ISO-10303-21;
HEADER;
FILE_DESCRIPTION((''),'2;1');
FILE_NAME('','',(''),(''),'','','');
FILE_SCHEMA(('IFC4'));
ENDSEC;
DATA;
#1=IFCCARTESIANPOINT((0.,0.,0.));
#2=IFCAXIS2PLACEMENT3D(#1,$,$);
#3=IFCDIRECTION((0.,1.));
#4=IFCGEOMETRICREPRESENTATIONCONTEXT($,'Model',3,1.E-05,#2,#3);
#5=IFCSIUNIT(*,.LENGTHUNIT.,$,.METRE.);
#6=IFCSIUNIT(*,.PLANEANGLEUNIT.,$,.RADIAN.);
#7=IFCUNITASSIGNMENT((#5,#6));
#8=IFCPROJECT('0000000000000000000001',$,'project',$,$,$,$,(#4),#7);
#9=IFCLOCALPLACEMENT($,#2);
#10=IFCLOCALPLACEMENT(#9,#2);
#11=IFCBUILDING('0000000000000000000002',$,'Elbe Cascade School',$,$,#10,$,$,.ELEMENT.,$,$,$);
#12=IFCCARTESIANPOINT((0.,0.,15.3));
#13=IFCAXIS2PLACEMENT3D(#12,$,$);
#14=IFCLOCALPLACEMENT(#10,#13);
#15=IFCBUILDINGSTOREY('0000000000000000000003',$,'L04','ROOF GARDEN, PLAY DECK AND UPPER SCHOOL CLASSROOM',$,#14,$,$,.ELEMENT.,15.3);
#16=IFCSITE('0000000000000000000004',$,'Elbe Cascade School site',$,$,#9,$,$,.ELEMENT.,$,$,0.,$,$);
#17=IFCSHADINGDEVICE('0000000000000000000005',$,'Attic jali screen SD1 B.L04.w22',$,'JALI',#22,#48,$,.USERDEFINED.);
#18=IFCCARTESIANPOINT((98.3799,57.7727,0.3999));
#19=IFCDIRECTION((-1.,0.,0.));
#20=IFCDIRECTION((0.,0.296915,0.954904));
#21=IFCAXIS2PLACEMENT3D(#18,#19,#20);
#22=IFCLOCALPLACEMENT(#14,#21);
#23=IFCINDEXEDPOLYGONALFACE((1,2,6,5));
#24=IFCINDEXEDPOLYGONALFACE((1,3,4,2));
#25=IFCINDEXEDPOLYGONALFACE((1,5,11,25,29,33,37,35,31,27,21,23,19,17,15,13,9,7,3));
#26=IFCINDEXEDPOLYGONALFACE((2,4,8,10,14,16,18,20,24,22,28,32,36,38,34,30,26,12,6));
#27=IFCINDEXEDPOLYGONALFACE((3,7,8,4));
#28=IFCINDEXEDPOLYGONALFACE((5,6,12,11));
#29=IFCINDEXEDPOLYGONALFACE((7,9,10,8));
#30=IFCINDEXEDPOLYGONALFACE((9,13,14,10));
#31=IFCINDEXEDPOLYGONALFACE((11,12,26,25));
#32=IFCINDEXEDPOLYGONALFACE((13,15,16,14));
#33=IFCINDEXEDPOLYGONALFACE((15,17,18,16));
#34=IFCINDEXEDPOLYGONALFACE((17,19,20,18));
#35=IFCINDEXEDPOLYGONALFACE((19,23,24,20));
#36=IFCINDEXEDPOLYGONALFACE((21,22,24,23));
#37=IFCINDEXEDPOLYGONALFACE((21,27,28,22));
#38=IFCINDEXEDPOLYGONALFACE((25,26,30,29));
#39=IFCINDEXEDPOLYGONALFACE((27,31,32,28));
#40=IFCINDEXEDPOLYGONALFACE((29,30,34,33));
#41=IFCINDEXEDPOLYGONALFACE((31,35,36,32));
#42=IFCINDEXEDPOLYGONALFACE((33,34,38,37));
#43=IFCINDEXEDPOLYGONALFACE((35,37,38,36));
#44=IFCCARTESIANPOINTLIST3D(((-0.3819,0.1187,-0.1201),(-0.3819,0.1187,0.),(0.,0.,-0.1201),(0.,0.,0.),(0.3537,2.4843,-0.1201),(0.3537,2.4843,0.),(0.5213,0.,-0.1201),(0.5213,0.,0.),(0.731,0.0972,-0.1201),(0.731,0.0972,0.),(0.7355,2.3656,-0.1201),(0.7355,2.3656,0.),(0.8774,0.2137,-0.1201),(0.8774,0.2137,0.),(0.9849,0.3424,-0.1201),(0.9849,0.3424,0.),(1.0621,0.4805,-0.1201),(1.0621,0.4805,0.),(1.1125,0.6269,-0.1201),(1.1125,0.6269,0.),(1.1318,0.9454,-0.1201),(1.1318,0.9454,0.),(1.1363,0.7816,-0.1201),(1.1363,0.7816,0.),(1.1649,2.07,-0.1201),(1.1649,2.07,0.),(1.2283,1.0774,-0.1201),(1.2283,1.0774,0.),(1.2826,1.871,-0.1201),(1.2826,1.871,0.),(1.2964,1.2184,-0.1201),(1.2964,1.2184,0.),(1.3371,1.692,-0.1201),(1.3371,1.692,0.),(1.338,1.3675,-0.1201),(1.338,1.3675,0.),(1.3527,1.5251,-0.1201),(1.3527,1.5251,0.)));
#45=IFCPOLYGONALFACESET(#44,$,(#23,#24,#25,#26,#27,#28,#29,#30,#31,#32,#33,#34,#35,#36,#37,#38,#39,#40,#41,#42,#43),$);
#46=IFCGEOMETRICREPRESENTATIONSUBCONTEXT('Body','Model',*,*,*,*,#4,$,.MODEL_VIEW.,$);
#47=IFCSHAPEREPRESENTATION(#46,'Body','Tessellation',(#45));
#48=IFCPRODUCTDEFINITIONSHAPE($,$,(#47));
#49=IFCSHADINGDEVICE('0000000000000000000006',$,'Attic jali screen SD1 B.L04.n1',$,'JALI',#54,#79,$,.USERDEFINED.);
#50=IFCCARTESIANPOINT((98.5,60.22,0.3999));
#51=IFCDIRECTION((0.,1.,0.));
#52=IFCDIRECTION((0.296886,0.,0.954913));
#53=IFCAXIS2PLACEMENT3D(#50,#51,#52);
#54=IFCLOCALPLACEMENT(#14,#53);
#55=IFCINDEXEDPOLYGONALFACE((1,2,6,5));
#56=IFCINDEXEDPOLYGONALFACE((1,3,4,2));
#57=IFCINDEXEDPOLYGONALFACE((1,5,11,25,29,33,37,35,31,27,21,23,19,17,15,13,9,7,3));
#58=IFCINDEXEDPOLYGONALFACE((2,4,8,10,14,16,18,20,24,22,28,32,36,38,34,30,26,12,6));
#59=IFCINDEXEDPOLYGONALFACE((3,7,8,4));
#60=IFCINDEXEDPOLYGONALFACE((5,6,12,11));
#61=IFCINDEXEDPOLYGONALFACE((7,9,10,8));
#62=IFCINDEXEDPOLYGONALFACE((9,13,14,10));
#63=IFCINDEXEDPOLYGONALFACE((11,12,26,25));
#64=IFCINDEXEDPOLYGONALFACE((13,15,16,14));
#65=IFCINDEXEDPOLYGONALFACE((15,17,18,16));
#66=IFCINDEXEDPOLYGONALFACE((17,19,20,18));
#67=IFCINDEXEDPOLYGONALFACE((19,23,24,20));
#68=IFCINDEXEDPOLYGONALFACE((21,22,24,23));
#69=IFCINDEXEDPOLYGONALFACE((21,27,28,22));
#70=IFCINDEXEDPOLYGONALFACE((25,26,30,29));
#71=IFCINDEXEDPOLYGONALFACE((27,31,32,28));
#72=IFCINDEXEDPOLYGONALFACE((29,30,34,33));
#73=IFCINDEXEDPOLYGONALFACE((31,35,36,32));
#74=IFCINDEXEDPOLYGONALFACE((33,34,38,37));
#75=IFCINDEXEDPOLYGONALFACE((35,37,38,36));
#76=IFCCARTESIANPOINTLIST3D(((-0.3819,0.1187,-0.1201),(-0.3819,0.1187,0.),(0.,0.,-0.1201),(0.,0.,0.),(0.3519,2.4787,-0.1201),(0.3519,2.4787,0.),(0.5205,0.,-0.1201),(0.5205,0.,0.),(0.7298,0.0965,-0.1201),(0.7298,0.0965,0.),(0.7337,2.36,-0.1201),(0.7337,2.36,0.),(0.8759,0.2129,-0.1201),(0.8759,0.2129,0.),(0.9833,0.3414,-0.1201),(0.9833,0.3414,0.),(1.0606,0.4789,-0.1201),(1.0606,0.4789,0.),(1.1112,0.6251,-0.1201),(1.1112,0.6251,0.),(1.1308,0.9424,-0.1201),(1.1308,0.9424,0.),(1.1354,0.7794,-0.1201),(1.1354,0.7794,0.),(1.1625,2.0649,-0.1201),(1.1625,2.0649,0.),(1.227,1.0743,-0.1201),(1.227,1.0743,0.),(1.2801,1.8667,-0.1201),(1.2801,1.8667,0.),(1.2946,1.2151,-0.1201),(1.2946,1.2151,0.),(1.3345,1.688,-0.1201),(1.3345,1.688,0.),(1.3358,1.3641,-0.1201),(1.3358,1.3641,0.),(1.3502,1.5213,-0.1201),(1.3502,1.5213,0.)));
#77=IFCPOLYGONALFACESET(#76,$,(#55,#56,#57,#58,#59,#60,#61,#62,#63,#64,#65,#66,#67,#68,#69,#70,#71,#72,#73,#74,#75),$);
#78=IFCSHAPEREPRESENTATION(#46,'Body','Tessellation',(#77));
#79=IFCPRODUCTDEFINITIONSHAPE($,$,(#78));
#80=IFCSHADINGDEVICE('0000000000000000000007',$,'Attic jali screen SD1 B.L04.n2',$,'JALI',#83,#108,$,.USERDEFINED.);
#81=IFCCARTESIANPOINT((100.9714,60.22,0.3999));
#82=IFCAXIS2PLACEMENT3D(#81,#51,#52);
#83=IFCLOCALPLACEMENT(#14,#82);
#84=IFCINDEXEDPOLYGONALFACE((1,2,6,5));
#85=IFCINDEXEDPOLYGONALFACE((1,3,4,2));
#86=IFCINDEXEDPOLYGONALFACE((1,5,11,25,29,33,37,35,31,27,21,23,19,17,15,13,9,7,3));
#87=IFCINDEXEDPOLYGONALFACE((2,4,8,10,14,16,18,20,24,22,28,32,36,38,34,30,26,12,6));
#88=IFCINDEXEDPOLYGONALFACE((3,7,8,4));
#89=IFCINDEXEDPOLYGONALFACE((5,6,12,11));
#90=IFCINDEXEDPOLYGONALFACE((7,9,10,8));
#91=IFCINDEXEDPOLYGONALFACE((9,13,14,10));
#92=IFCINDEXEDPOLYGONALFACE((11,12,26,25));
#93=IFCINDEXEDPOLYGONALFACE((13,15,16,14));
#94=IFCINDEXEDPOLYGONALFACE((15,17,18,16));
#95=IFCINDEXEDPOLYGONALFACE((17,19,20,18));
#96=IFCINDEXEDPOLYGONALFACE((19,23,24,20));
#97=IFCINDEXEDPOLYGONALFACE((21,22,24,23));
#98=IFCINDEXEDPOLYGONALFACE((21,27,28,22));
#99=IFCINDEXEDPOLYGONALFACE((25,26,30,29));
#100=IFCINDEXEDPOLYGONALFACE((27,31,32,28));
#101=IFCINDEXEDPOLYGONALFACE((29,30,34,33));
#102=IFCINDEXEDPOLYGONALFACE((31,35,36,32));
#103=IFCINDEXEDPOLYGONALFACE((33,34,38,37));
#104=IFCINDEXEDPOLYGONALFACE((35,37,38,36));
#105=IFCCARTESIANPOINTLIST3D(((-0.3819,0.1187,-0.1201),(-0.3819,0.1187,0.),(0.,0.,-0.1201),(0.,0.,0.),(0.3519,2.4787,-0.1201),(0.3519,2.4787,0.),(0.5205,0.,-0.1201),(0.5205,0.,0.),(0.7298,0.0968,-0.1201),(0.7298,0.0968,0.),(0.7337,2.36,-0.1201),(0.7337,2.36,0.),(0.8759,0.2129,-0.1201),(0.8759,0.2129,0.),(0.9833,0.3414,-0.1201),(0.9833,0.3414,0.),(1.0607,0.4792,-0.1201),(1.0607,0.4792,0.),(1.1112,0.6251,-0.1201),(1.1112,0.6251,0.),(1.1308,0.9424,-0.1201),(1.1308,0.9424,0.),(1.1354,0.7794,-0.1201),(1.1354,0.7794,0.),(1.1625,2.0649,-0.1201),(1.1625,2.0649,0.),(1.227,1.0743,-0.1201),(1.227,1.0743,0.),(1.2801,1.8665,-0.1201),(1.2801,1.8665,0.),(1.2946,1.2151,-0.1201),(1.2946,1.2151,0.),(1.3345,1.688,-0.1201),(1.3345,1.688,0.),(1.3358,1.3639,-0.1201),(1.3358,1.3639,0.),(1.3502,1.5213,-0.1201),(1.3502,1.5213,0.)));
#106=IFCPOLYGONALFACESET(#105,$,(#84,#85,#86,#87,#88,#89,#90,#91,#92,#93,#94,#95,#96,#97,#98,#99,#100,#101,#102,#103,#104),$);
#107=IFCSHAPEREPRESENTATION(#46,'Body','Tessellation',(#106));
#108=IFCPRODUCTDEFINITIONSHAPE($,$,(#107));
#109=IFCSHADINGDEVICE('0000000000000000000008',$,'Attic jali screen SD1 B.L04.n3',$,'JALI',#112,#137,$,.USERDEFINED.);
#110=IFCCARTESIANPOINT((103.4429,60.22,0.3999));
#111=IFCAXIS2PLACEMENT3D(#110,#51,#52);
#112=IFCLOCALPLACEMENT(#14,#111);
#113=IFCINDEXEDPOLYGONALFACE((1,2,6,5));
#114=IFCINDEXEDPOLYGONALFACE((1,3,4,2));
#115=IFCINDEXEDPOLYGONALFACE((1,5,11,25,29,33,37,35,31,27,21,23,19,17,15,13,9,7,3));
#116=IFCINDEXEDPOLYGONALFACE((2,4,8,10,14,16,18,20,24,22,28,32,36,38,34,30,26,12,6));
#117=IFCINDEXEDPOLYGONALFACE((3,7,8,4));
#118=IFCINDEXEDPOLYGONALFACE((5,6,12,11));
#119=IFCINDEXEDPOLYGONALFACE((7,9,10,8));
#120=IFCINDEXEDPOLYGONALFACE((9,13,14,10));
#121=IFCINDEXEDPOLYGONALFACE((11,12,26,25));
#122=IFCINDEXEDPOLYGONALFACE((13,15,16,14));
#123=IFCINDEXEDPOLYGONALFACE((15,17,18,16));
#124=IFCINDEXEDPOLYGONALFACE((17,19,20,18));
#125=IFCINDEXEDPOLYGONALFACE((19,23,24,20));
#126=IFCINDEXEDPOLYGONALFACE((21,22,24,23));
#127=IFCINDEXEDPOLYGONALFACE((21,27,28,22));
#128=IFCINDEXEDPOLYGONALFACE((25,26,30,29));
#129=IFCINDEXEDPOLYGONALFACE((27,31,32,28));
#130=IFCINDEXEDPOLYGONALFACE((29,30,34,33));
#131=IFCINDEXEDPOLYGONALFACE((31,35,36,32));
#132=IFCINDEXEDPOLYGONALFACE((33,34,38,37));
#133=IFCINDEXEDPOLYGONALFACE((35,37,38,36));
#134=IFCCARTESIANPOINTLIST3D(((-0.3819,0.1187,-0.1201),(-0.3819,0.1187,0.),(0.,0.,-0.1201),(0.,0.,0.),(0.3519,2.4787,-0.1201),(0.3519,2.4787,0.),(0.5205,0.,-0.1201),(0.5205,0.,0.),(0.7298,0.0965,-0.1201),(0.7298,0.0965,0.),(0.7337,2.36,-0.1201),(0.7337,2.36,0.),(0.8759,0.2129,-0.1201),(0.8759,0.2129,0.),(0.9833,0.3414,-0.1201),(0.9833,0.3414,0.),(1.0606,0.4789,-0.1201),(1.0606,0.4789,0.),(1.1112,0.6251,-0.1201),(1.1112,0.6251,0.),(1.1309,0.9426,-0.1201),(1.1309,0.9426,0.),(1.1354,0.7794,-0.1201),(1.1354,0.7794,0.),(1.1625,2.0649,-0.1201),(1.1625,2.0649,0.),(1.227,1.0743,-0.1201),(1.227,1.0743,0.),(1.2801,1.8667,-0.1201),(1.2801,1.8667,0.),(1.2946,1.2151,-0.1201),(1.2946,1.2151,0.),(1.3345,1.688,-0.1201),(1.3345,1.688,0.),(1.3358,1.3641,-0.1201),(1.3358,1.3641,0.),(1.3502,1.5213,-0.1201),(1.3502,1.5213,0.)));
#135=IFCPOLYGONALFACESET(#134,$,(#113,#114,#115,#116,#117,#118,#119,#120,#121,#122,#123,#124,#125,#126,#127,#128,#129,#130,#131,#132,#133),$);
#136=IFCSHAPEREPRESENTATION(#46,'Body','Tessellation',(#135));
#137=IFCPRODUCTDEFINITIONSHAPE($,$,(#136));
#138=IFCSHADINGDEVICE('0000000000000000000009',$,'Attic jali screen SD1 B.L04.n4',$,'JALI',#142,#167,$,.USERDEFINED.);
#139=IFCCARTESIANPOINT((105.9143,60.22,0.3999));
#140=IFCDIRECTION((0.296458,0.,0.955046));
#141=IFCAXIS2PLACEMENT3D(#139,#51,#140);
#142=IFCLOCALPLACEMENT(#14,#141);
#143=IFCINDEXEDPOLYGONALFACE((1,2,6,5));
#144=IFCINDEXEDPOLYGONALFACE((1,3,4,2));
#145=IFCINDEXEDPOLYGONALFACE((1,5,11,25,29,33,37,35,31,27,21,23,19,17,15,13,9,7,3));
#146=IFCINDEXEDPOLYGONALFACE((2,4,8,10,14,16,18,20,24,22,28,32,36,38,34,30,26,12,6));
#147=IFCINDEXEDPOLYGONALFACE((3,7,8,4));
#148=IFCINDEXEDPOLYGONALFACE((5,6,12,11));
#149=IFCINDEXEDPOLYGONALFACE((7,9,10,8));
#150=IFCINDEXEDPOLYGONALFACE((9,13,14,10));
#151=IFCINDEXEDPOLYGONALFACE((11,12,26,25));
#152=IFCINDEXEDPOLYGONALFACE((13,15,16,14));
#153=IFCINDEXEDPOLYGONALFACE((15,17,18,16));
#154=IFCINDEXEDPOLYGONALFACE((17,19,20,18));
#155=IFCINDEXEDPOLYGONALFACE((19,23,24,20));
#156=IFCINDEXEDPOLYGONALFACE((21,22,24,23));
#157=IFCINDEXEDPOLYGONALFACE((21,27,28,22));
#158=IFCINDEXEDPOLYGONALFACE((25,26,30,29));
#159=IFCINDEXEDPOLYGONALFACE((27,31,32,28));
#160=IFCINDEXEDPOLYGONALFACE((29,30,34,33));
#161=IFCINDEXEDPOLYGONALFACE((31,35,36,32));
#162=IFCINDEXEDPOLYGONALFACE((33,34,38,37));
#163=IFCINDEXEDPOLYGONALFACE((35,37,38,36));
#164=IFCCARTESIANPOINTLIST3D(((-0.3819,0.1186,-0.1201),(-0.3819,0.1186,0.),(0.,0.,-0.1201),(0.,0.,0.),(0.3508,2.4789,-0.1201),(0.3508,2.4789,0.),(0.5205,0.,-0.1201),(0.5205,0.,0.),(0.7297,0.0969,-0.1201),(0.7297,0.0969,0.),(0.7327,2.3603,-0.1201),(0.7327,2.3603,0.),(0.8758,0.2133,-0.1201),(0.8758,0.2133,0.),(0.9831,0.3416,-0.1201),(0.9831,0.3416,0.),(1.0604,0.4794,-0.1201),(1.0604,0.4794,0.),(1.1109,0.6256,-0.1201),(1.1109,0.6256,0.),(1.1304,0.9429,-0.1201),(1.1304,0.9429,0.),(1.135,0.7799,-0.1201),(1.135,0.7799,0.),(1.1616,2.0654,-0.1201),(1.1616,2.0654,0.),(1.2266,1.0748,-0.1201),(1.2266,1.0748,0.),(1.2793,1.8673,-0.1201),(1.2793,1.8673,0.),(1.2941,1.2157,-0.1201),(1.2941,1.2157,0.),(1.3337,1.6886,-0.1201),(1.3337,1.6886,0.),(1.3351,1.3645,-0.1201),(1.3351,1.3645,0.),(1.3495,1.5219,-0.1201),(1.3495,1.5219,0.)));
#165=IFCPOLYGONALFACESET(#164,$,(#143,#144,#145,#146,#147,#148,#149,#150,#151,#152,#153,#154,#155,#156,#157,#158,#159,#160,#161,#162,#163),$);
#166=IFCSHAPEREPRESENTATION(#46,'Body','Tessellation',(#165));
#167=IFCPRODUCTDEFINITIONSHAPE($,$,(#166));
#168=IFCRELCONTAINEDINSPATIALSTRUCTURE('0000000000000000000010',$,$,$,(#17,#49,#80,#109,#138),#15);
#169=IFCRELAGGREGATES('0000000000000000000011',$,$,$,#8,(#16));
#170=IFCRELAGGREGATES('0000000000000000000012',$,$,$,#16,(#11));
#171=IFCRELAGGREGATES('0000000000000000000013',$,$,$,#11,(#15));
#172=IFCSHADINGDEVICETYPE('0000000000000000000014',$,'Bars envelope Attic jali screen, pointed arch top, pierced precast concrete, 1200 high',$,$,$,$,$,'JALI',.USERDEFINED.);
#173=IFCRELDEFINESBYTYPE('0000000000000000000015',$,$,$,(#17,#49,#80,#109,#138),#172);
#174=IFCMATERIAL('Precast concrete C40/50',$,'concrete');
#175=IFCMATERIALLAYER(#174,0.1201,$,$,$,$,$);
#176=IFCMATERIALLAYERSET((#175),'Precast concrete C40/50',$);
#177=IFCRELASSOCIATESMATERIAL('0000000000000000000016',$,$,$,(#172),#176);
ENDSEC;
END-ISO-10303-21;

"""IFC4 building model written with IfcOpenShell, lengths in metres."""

from ifc_helpers import new_model, si_unit, direction, frame, origin, place, context, subcontext, project, spatial, polyline, outline, extrude, material, layer, layer_set, type_object, element, save


model = new_model("IFC4")

# Units and contexts
model_context = context("Model", 3, precision=1e-05, world=origin(), true_north=direction((0.0, 1.0)))
body_context = subcontext(model_context, "Body", "Model", "MODEL_VIEW")
ifc_project = project(units=[si_unit("LENGTHUNIT", "METRE"), si_unit("PLANEANGLEUNIT", "RADIAN")], contexts=[model_context])

# Site, building, storey
site_placement = place(None, origin())
site = spatial("IfcSite", under=ifc_project, at=site_placement, Name="Elbe Cascade School site", CompositionType="ELEMENT", RefElevation=0.0)
building_placement = place(site_placement, origin())
building = spatial("IfcBuilding", under=site, at=building_placement, Name="Elbe Cascade School", CompositionType="ELEMENT")
storey_placement = place(building_placement, frame((0.0, 0.0, 15.3)))
storey = spatial("IfcBuildingStorey", under=building, at=storey_placement, Name="L04", Description="ROOF GARDEN, PLAY DECK AND UPPER SCHOOL CLASSROOM", CompositionType="ELEMENT", Elevation=15.3)

# Shading devices
ifc_material_1 = material(Name="Precast concrete C40/50", Category="concrete")
ifc_layer_1 = layer(ifc_material_1, 0.1201)
ifc_layer_set_1 = layer_set([ifc_layer_1], Name="Precast concrete C40/50")
shading_device_type = type_object("IfcShadingDeviceType", Name="Bars envelope Attic jali screen, pointed arch top, pierced precast concrete, 1200 high", ElementType="JALI", PredefinedType="USERDEFINED", material=ifc_layer_set_1)
shading_device_1_placement = place(storey_placement, frame((98.3799, 57.7727, 0.3999), z_axis=(-1.0, 0.0, 0.0), x_axis=(0.0, 0.296915, 0.954904)))
element("IfcShadingDevice", 1, at=shading_device_1_placement, inside=storey, type_object=shading_device_type, Name="Attic jali screen SD1 B.L04.w22", ObjectType="JALI", PredefinedType="USERDEFINED", context=body_context, shape_type="SweptSolid", body=[
    extrude(outline(polyline([(0.0, 0.0), (0.5213, 0.0), (0.731, 0.0972), (0.8774, 0.2137), (0.9849, 0.3424), (1.0621, 0.4805), (1.1125, 0.6269), (1.1363, 0.7816), (1.1318, 0.9454), (1.2283, 1.0774), (1.2964, 1.2184), (1.338, 1.3675), (1.3527, 1.5251), (1.3371, 1.692), (1.2826, 1.871), (1.1649, 2.07), (0.7355, 2.3656), (0.3537, 2.4843), (-0.3819, 0.1187), (0.0, 0.0)])), origin(), (0.0, 0.0, -1.0), 0.1201),
])
shading_device_2_placement = place(storey_placement, frame((98.5, 60.22, 0.3999), z_axis=(0.0, 1.0, 0.0), x_axis=(0.296886, 0.0, 0.954913)))
element("IfcShadingDevice", 2, at=shading_device_2_placement, inside=storey, type_object=shading_device_type, Name="Attic jali screen SD1 B.L04.n1", ObjectType="JALI", PredefinedType="USERDEFINED", context=body_context, shape_type="SweptSolid", body=[
    extrude(outline(polyline([(0.0, 0.0), (0.5205, 0.0), (0.7298, 0.0965), (0.8759, 0.2129), (0.9833, 0.3414), (1.0606, 0.4789), (1.1112, 0.6251), (1.1354, 0.7794), (1.1308, 0.9424), (1.227, 1.0743), (1.2946, 1.2151), (1.3358, 1.3641), (1.3502, 1.5213), (1.3345, 1.688), (1.2801, 1.8667), (1.1625, 2.0649), (0.7337, 2.36), (0.3519, 2.4787), (-0.3819, 0.1187), (0.0, 0.0)])), origin(), (0.0, 0.0, -1.0), 0.1201),
])
shading_device_3_placement = place(storey_placement, frame((100.9714, 60.22, 0.3999), z_axis=(0.0, 1.0, 0.0), x_axis=(0.296886, 0.0, 0.954913)))
element("IfcShadingDevice", 3, at=shading_device_3_placement, inside=storey, type_object=shading_device_type, Name="Attic jali screen SD1 B.L04.n2", ObjectType="JALI", PredefinedType="USERDEFINED", context=body_context, shape_type="SweptSolid", body=[
    extrude(outline(polyline([(0.0, 0.0), (0.5205, 0.0), (0.7298, 0.0968), (0.8759, 0.2129), (0.9833, 0.3414), (1.0607, 0.4792), (1.1112, 0.6251), (1.1354, 0.7794), (1.1308, 0.9424), (1.227, 1.0743), (1.2946, 1.2151), (1.3358, 1.3639), (1.3502, 1.5213), (1.3345, 1.688), (1.2801, 1.8665), (1.1625, 2.0649), (0.7337, 2.36), (0.3519, 2.4787), (-0.3819, 0.1187), (0.0, 0.0)])), origin(), (0.0, 0.0, -1.0), 0.1201),
])
shading_device_4_placement = place(storey_placement, frame((103.4429, 60.22, 0.3999), z_axis=(0.0, 1.0, 0.0), x_axis=(0.296886, 0.0, 0.954913)))
element("IfcShadingDevice", 4, at=shading_device_4_placement, inside=storey, type_object=shading_device_type, Name="Attic jali screen SD1 B.L04.n3", ObjectType="JALI", PredefinedType="USERDEFINED", context=body_context, shape_type="SweptSolid", body=[
    extrude(outline(polyline([(0.0, 0.0), (0.5205, 0.0), (0.7298, 0.0965), (0.8759, 0.2129), (0.9833, 0.3414), (1.0606, 0.4789), (1.1112, 0.6251), (1.1354, 0.7794), (1.1309, 0.9426), (1.227, 1.0743), (1.2946, 1.2151), (1.3358, 1.3641), (1.3502, 1.5213), (1.3345, 1.688), (1.2801, 1.8667), (1.1625, 2.0649), (0.7337, 2.36), (0.3519, 2.4787), (-0.3819, 0.1187), (0.0, 0.0)])), origin(), (0.0, 0.0, -1.0), 0.1201),
])
shading_device_5_placement = place(storey_placement, frame((105.9143, 60.22, 0.3999), z_axis=(0.0, 1.0, 0.0), x_axis=(0.296458, 0.0, 0.955046)))
element("IfcShadingDevice", 5, at=shading_device_5_placement, inside=storey, type_object=shading_device_type, Name="Attic jali screen SD1 B.L04.n4", ObjectType="JALI", PredefinedType="USERDEFINED", context=body_context, shape_type="SweptSolid", body=[
    extrude(outline(polyline([(0.0, 0.0), (0.5205, 0.0), (0.7297, 0.0969), (0.8758, 0.2133), (0.9831, 0.3416), (1.0604, 0.4794), (1.1109, 0.6256), (1.135, 0.7799), (1.1304, 0.9429), (1.2266, 1.0748), (1.2941, 1.2157), (1.3351, 1.3645), (1.3495, 1.5219), (1.3337, 1.6886), (1.2793, 1.8673), (1.1616, 2.0654), (0.7327, 2.3603), (0.3508, 2.4789), (-0.3819, 0.1186), (0.0, 0.0)])), origin(), (0.0, 0.0, -1.0), 0.1201),
])

save(model, "model.ifc")
